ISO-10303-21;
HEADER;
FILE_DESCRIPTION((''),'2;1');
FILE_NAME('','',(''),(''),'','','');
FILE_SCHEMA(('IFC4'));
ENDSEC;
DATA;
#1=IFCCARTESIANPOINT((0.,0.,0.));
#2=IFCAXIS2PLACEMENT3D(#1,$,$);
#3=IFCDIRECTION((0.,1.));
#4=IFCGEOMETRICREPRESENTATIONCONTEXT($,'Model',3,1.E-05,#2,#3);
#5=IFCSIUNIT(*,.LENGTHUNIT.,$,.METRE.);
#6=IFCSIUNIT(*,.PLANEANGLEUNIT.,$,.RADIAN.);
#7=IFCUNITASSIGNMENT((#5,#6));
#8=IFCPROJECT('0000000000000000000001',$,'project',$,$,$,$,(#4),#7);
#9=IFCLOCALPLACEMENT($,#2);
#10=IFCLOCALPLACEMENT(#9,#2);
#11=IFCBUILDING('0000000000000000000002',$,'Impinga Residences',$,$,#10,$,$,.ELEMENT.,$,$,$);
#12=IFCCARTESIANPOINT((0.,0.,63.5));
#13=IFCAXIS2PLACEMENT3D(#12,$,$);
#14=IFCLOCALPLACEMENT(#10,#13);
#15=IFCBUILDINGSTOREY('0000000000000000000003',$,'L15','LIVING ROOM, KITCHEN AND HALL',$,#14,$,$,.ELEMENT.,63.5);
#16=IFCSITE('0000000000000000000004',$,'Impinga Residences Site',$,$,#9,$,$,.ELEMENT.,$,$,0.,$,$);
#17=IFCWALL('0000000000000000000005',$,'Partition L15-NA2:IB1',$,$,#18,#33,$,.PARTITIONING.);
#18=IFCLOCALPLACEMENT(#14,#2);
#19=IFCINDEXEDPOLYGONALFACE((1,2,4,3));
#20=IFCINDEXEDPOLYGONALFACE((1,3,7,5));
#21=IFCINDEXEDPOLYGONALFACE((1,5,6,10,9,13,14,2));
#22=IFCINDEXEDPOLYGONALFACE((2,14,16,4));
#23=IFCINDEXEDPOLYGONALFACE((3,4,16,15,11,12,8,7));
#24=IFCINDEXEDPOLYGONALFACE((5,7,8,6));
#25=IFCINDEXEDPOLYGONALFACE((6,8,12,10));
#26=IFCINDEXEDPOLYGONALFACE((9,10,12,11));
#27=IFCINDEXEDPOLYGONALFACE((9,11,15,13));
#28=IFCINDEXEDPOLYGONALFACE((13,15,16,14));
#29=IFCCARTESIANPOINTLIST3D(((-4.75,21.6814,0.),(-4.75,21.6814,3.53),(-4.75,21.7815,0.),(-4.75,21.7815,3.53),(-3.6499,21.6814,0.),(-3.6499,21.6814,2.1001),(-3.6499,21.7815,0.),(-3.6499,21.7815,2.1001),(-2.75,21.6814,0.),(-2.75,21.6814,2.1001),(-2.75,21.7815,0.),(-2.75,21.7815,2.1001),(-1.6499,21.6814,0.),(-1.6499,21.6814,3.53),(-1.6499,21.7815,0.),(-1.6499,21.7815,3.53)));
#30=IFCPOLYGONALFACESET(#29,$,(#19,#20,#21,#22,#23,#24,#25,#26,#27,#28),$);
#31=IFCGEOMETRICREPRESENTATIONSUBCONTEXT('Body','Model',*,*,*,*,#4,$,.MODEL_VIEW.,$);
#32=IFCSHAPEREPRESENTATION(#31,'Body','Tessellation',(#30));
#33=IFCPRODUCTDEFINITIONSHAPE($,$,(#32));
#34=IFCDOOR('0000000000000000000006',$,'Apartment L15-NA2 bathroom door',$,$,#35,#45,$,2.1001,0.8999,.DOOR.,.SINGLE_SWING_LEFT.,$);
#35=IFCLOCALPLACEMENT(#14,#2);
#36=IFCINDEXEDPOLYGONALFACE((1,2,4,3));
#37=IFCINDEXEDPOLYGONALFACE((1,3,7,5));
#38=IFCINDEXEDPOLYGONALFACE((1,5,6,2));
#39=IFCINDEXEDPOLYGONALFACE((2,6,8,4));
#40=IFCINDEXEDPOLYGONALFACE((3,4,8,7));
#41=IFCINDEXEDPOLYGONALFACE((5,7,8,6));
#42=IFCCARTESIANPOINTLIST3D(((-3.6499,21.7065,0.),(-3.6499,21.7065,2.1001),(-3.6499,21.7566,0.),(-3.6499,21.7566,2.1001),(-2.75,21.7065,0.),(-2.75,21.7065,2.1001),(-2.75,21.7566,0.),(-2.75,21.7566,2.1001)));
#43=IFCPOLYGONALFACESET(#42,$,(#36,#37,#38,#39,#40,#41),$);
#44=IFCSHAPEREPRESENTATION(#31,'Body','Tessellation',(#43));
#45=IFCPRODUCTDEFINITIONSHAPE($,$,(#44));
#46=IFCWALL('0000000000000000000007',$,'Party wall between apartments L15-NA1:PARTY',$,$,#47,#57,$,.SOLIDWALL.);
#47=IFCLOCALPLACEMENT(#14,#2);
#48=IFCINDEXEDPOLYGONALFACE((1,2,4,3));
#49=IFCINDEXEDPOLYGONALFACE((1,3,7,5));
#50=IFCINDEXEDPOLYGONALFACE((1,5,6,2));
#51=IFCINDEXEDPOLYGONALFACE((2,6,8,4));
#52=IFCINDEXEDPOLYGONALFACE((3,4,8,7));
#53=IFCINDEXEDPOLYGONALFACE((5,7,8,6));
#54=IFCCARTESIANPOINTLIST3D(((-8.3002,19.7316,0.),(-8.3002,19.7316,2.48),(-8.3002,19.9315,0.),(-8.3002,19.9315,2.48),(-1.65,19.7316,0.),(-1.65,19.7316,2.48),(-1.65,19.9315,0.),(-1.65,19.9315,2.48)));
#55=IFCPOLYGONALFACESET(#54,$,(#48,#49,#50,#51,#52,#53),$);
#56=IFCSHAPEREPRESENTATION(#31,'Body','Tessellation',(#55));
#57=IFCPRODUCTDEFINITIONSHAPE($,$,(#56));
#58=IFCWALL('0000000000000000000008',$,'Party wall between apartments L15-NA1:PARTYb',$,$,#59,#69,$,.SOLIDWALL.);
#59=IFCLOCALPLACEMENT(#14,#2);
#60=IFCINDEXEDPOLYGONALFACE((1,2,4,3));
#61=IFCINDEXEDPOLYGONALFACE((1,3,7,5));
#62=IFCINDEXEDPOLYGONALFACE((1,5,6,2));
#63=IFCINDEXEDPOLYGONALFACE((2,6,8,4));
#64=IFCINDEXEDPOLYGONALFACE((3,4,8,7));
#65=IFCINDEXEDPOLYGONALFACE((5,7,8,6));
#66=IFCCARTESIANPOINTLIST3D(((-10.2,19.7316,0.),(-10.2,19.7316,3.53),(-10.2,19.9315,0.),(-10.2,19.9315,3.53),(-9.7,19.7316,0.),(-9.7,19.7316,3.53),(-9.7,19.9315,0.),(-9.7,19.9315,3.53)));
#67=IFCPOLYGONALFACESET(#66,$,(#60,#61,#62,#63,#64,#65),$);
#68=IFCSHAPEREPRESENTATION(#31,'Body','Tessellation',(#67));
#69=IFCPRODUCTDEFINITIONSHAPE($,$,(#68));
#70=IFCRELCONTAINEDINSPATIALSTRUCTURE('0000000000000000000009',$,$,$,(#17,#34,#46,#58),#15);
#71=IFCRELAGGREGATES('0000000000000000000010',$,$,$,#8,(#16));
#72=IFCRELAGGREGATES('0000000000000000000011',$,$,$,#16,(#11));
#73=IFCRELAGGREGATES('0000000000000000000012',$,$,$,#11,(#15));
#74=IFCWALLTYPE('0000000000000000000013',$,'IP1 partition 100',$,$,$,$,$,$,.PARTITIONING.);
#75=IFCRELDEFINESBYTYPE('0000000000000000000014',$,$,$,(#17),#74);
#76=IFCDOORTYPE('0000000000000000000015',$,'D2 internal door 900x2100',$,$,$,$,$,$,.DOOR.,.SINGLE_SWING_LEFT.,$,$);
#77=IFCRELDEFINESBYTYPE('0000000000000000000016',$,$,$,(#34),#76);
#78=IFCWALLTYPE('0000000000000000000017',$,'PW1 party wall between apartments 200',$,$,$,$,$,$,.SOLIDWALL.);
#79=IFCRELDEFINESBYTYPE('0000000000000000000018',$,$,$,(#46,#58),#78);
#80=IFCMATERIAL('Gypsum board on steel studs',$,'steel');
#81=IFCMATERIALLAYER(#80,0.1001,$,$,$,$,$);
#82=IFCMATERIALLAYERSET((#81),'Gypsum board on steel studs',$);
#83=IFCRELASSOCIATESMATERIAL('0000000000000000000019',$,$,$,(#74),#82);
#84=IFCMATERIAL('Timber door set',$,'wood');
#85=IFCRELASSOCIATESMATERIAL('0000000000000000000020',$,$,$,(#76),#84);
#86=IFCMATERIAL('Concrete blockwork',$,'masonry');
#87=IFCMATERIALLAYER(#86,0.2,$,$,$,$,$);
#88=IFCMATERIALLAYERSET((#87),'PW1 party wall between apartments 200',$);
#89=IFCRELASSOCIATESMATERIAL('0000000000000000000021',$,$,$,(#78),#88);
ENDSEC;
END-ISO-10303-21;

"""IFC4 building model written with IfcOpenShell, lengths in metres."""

from ifc_helpers import new_model, si_unit, direction, frame, frame_2d, origin, place, context, subcontext, project, spatial, rectangle, extrude, material, layer, layer_set, type_object, element, fill, save


model = new_model("IFC4")

# Units and contexts
model_context = context("Model", 3, precision=1e-05, world=origin(), true_north=direction((0.0, 1.0)))
body_context = subcontext(model_context, "Body", "Model", "MODEL_VIEW")
ifc_project = project(units=[si_unit("LENGTHUNIT", "METRE"), si_unit("PLANEANGLEUNIT", "RADIAN")], contexts=[model_context])

# Site, building, storey
site_placement = place(None, origin())
site = spatial("IfcSite", under=ifc_project, at=site_placement, Name="Impinga Residences Site", CompositionType="ELEMENT", RefElevation=0.0)
building_placement = place(site_placement, origin())
building = spatial("IfcBuilding", under=site, at=building_placement, Name="Impinga Residences", CompositionType="ELEMENT")
storey_placement = place(building_placement, frame((0.0, 0.0, 63.5)))
storey = spatial("IfcBuildingStorey", under=building, at=storey_placement, Name="L15", Description="LIVING ROOM, KITCHEN AND HALL", CompositionType="ELEMENT", Elevation=63.5)

# Shared definitions
ifc_material_1 = material(Name="Gypsum board on steel studs", Category="steel")
ifc_layer_1 = layer(ifc_material_1, 0.1001)
ifc_layer_set_1 = layer_set([ifc_layer_1], Name="Gypsum board on steel studs")
wall_type_1 = type_object("IfcWallType", Name="IP1 partition 100", PredefinedType="PARTITIONING", material=ifc_layer_set_1)

# Shared definitions
ifc_material_2 = material(Name="Timber door set", Category="wood")
door_type = type_object("IfcDoorType", Name="D2 internal door 900x2100", OperationType="SINGLE_SWING_LEFT", PredefinedType="DOOR", material=ifc_material_2)

# Wall, opening, door
wall_1_placement = place(storey_placement, frame((-1.6499, 21.7314, 0.0), z_axis=(0.0, 0.0, 1.0), x_axis=(-1.0, 0.0, 0.0)))
wall_1 = element("IfcWall", 1, at=wall_1_placement, inside=storey, type_object=wall_type_1, Name="Partition L15-NA2:IB1", PredefinedType="PARTITIONING", context=body_context, shape_type="SweptSolid", body=[
    extrude(rectangle(XDim=3.1001, YDim=0.1001, at=frame_2d((1.55, 0.0))), origin(), (0.0, 0.0, 1.0), 3.53),
])
opening_1_placement = place(wall_1_placement, frame((1.1001, 0.0, 0.0)))
opening_1 = element("IfcOpeningElement", 2, at=opening_1_placement, cuts=wall_1, PredefinedType="OPENING", context=body_context, shape_type="SweptSolid", body=[
    extrude(rectangle(XDim=0.8999, YDim=2.1001, at=frame_2d((0.45, 1.05))), frame((0.0, 0.0601, 0.0), z_axis=(0.0, -1.0, 0.0), x_axis=(1.0, 0.0, 0.0)), (0.0, 0.0, 1.0), 0.1201),
])
door_1_placement = place(opening_1_placement, origin())
door_1 = element("IfcDoor", 3, at=door_1_placement, inside=storey, type_object=door_type, Name="Apartment L15-NA2 bathroom door", OperationType="SINGLE_SWING_LEFT", OverallHeight=2.1001, OverallWidth=0.8999, PredefinedType="DOOR", context=body_context, shape_type="SweptSolid", body=[
    extrude(rectangle(XDim=0.8999, YDim=2.1001, at=frame_2d((0.45, 1.05))), frame((0.0, 0.0249, 0.0), z_axis=(0.0, -1.0, 0.0), x_axis=(1.0, 0.0, 0.0)), (0.0, 0.0, 1.0), 0.05),
])
fill(opening_1, door_1)

# Walls
ifc_material_3 = material(Name="Concrete blockwork", Category="masonry")
ifc_layer_2 = layer(ifc_material_3, 0.2)
ifc_layer_set_2 = layer_set([ifc_layer_2], Name="PW1 party wall between apartments 200")
wall_type_2 = type_object("IfcWallType", Name="PW1 party wall between apartments 200", PredefinedType="SOLIDWALL", material=ifc_layer_set_2)
wall_2_placement = place(storey_placement, frame((-1.6499, 19.8315, 0.0), z_axis=(0.0, 0.0, 1.0), x_axis=(-1.0, 0.0, 0.0)))
element("IfcWall", 4, at=wall_2_placement, inside=storey, type_object=wall_type_2, Name="Party wall between apartments L15-NA1:PARTY", PredefinedType="SOLIDWALL", context=body_context, shape_type="SweptSolid", body=[
    extrude(rectangle(XDim=6.6501, YDim=0.2, at=frame_2d((3.3252, 0.0))), origin(), (0.0, 0.0, 1.0), 2.48),
])
wall_3_placement = place(storey_placement, frame((-9.7, 19.8315, 0.0), z_axis=(0.0, 0.0, 1.0), x_axis=(-1.0, 0.0, 0.0)))
element("IfcWall", 5, at=wall_3_placement, inside=storey, type_object=wall_type_2, Name="Party wall between apartments L15-NA1:PARTYb", PredefinedType="SOLIDWALL", context=body_context, shape_type="SweptSolid", body=[
    extrude(rectangle(XDim=0.5, YDim=0.2, at=frame_2d((0.25, 0.0))), origin(), (0.0, 0.0, 1.0), 3.53),
])

save(model, "model.ifc")
